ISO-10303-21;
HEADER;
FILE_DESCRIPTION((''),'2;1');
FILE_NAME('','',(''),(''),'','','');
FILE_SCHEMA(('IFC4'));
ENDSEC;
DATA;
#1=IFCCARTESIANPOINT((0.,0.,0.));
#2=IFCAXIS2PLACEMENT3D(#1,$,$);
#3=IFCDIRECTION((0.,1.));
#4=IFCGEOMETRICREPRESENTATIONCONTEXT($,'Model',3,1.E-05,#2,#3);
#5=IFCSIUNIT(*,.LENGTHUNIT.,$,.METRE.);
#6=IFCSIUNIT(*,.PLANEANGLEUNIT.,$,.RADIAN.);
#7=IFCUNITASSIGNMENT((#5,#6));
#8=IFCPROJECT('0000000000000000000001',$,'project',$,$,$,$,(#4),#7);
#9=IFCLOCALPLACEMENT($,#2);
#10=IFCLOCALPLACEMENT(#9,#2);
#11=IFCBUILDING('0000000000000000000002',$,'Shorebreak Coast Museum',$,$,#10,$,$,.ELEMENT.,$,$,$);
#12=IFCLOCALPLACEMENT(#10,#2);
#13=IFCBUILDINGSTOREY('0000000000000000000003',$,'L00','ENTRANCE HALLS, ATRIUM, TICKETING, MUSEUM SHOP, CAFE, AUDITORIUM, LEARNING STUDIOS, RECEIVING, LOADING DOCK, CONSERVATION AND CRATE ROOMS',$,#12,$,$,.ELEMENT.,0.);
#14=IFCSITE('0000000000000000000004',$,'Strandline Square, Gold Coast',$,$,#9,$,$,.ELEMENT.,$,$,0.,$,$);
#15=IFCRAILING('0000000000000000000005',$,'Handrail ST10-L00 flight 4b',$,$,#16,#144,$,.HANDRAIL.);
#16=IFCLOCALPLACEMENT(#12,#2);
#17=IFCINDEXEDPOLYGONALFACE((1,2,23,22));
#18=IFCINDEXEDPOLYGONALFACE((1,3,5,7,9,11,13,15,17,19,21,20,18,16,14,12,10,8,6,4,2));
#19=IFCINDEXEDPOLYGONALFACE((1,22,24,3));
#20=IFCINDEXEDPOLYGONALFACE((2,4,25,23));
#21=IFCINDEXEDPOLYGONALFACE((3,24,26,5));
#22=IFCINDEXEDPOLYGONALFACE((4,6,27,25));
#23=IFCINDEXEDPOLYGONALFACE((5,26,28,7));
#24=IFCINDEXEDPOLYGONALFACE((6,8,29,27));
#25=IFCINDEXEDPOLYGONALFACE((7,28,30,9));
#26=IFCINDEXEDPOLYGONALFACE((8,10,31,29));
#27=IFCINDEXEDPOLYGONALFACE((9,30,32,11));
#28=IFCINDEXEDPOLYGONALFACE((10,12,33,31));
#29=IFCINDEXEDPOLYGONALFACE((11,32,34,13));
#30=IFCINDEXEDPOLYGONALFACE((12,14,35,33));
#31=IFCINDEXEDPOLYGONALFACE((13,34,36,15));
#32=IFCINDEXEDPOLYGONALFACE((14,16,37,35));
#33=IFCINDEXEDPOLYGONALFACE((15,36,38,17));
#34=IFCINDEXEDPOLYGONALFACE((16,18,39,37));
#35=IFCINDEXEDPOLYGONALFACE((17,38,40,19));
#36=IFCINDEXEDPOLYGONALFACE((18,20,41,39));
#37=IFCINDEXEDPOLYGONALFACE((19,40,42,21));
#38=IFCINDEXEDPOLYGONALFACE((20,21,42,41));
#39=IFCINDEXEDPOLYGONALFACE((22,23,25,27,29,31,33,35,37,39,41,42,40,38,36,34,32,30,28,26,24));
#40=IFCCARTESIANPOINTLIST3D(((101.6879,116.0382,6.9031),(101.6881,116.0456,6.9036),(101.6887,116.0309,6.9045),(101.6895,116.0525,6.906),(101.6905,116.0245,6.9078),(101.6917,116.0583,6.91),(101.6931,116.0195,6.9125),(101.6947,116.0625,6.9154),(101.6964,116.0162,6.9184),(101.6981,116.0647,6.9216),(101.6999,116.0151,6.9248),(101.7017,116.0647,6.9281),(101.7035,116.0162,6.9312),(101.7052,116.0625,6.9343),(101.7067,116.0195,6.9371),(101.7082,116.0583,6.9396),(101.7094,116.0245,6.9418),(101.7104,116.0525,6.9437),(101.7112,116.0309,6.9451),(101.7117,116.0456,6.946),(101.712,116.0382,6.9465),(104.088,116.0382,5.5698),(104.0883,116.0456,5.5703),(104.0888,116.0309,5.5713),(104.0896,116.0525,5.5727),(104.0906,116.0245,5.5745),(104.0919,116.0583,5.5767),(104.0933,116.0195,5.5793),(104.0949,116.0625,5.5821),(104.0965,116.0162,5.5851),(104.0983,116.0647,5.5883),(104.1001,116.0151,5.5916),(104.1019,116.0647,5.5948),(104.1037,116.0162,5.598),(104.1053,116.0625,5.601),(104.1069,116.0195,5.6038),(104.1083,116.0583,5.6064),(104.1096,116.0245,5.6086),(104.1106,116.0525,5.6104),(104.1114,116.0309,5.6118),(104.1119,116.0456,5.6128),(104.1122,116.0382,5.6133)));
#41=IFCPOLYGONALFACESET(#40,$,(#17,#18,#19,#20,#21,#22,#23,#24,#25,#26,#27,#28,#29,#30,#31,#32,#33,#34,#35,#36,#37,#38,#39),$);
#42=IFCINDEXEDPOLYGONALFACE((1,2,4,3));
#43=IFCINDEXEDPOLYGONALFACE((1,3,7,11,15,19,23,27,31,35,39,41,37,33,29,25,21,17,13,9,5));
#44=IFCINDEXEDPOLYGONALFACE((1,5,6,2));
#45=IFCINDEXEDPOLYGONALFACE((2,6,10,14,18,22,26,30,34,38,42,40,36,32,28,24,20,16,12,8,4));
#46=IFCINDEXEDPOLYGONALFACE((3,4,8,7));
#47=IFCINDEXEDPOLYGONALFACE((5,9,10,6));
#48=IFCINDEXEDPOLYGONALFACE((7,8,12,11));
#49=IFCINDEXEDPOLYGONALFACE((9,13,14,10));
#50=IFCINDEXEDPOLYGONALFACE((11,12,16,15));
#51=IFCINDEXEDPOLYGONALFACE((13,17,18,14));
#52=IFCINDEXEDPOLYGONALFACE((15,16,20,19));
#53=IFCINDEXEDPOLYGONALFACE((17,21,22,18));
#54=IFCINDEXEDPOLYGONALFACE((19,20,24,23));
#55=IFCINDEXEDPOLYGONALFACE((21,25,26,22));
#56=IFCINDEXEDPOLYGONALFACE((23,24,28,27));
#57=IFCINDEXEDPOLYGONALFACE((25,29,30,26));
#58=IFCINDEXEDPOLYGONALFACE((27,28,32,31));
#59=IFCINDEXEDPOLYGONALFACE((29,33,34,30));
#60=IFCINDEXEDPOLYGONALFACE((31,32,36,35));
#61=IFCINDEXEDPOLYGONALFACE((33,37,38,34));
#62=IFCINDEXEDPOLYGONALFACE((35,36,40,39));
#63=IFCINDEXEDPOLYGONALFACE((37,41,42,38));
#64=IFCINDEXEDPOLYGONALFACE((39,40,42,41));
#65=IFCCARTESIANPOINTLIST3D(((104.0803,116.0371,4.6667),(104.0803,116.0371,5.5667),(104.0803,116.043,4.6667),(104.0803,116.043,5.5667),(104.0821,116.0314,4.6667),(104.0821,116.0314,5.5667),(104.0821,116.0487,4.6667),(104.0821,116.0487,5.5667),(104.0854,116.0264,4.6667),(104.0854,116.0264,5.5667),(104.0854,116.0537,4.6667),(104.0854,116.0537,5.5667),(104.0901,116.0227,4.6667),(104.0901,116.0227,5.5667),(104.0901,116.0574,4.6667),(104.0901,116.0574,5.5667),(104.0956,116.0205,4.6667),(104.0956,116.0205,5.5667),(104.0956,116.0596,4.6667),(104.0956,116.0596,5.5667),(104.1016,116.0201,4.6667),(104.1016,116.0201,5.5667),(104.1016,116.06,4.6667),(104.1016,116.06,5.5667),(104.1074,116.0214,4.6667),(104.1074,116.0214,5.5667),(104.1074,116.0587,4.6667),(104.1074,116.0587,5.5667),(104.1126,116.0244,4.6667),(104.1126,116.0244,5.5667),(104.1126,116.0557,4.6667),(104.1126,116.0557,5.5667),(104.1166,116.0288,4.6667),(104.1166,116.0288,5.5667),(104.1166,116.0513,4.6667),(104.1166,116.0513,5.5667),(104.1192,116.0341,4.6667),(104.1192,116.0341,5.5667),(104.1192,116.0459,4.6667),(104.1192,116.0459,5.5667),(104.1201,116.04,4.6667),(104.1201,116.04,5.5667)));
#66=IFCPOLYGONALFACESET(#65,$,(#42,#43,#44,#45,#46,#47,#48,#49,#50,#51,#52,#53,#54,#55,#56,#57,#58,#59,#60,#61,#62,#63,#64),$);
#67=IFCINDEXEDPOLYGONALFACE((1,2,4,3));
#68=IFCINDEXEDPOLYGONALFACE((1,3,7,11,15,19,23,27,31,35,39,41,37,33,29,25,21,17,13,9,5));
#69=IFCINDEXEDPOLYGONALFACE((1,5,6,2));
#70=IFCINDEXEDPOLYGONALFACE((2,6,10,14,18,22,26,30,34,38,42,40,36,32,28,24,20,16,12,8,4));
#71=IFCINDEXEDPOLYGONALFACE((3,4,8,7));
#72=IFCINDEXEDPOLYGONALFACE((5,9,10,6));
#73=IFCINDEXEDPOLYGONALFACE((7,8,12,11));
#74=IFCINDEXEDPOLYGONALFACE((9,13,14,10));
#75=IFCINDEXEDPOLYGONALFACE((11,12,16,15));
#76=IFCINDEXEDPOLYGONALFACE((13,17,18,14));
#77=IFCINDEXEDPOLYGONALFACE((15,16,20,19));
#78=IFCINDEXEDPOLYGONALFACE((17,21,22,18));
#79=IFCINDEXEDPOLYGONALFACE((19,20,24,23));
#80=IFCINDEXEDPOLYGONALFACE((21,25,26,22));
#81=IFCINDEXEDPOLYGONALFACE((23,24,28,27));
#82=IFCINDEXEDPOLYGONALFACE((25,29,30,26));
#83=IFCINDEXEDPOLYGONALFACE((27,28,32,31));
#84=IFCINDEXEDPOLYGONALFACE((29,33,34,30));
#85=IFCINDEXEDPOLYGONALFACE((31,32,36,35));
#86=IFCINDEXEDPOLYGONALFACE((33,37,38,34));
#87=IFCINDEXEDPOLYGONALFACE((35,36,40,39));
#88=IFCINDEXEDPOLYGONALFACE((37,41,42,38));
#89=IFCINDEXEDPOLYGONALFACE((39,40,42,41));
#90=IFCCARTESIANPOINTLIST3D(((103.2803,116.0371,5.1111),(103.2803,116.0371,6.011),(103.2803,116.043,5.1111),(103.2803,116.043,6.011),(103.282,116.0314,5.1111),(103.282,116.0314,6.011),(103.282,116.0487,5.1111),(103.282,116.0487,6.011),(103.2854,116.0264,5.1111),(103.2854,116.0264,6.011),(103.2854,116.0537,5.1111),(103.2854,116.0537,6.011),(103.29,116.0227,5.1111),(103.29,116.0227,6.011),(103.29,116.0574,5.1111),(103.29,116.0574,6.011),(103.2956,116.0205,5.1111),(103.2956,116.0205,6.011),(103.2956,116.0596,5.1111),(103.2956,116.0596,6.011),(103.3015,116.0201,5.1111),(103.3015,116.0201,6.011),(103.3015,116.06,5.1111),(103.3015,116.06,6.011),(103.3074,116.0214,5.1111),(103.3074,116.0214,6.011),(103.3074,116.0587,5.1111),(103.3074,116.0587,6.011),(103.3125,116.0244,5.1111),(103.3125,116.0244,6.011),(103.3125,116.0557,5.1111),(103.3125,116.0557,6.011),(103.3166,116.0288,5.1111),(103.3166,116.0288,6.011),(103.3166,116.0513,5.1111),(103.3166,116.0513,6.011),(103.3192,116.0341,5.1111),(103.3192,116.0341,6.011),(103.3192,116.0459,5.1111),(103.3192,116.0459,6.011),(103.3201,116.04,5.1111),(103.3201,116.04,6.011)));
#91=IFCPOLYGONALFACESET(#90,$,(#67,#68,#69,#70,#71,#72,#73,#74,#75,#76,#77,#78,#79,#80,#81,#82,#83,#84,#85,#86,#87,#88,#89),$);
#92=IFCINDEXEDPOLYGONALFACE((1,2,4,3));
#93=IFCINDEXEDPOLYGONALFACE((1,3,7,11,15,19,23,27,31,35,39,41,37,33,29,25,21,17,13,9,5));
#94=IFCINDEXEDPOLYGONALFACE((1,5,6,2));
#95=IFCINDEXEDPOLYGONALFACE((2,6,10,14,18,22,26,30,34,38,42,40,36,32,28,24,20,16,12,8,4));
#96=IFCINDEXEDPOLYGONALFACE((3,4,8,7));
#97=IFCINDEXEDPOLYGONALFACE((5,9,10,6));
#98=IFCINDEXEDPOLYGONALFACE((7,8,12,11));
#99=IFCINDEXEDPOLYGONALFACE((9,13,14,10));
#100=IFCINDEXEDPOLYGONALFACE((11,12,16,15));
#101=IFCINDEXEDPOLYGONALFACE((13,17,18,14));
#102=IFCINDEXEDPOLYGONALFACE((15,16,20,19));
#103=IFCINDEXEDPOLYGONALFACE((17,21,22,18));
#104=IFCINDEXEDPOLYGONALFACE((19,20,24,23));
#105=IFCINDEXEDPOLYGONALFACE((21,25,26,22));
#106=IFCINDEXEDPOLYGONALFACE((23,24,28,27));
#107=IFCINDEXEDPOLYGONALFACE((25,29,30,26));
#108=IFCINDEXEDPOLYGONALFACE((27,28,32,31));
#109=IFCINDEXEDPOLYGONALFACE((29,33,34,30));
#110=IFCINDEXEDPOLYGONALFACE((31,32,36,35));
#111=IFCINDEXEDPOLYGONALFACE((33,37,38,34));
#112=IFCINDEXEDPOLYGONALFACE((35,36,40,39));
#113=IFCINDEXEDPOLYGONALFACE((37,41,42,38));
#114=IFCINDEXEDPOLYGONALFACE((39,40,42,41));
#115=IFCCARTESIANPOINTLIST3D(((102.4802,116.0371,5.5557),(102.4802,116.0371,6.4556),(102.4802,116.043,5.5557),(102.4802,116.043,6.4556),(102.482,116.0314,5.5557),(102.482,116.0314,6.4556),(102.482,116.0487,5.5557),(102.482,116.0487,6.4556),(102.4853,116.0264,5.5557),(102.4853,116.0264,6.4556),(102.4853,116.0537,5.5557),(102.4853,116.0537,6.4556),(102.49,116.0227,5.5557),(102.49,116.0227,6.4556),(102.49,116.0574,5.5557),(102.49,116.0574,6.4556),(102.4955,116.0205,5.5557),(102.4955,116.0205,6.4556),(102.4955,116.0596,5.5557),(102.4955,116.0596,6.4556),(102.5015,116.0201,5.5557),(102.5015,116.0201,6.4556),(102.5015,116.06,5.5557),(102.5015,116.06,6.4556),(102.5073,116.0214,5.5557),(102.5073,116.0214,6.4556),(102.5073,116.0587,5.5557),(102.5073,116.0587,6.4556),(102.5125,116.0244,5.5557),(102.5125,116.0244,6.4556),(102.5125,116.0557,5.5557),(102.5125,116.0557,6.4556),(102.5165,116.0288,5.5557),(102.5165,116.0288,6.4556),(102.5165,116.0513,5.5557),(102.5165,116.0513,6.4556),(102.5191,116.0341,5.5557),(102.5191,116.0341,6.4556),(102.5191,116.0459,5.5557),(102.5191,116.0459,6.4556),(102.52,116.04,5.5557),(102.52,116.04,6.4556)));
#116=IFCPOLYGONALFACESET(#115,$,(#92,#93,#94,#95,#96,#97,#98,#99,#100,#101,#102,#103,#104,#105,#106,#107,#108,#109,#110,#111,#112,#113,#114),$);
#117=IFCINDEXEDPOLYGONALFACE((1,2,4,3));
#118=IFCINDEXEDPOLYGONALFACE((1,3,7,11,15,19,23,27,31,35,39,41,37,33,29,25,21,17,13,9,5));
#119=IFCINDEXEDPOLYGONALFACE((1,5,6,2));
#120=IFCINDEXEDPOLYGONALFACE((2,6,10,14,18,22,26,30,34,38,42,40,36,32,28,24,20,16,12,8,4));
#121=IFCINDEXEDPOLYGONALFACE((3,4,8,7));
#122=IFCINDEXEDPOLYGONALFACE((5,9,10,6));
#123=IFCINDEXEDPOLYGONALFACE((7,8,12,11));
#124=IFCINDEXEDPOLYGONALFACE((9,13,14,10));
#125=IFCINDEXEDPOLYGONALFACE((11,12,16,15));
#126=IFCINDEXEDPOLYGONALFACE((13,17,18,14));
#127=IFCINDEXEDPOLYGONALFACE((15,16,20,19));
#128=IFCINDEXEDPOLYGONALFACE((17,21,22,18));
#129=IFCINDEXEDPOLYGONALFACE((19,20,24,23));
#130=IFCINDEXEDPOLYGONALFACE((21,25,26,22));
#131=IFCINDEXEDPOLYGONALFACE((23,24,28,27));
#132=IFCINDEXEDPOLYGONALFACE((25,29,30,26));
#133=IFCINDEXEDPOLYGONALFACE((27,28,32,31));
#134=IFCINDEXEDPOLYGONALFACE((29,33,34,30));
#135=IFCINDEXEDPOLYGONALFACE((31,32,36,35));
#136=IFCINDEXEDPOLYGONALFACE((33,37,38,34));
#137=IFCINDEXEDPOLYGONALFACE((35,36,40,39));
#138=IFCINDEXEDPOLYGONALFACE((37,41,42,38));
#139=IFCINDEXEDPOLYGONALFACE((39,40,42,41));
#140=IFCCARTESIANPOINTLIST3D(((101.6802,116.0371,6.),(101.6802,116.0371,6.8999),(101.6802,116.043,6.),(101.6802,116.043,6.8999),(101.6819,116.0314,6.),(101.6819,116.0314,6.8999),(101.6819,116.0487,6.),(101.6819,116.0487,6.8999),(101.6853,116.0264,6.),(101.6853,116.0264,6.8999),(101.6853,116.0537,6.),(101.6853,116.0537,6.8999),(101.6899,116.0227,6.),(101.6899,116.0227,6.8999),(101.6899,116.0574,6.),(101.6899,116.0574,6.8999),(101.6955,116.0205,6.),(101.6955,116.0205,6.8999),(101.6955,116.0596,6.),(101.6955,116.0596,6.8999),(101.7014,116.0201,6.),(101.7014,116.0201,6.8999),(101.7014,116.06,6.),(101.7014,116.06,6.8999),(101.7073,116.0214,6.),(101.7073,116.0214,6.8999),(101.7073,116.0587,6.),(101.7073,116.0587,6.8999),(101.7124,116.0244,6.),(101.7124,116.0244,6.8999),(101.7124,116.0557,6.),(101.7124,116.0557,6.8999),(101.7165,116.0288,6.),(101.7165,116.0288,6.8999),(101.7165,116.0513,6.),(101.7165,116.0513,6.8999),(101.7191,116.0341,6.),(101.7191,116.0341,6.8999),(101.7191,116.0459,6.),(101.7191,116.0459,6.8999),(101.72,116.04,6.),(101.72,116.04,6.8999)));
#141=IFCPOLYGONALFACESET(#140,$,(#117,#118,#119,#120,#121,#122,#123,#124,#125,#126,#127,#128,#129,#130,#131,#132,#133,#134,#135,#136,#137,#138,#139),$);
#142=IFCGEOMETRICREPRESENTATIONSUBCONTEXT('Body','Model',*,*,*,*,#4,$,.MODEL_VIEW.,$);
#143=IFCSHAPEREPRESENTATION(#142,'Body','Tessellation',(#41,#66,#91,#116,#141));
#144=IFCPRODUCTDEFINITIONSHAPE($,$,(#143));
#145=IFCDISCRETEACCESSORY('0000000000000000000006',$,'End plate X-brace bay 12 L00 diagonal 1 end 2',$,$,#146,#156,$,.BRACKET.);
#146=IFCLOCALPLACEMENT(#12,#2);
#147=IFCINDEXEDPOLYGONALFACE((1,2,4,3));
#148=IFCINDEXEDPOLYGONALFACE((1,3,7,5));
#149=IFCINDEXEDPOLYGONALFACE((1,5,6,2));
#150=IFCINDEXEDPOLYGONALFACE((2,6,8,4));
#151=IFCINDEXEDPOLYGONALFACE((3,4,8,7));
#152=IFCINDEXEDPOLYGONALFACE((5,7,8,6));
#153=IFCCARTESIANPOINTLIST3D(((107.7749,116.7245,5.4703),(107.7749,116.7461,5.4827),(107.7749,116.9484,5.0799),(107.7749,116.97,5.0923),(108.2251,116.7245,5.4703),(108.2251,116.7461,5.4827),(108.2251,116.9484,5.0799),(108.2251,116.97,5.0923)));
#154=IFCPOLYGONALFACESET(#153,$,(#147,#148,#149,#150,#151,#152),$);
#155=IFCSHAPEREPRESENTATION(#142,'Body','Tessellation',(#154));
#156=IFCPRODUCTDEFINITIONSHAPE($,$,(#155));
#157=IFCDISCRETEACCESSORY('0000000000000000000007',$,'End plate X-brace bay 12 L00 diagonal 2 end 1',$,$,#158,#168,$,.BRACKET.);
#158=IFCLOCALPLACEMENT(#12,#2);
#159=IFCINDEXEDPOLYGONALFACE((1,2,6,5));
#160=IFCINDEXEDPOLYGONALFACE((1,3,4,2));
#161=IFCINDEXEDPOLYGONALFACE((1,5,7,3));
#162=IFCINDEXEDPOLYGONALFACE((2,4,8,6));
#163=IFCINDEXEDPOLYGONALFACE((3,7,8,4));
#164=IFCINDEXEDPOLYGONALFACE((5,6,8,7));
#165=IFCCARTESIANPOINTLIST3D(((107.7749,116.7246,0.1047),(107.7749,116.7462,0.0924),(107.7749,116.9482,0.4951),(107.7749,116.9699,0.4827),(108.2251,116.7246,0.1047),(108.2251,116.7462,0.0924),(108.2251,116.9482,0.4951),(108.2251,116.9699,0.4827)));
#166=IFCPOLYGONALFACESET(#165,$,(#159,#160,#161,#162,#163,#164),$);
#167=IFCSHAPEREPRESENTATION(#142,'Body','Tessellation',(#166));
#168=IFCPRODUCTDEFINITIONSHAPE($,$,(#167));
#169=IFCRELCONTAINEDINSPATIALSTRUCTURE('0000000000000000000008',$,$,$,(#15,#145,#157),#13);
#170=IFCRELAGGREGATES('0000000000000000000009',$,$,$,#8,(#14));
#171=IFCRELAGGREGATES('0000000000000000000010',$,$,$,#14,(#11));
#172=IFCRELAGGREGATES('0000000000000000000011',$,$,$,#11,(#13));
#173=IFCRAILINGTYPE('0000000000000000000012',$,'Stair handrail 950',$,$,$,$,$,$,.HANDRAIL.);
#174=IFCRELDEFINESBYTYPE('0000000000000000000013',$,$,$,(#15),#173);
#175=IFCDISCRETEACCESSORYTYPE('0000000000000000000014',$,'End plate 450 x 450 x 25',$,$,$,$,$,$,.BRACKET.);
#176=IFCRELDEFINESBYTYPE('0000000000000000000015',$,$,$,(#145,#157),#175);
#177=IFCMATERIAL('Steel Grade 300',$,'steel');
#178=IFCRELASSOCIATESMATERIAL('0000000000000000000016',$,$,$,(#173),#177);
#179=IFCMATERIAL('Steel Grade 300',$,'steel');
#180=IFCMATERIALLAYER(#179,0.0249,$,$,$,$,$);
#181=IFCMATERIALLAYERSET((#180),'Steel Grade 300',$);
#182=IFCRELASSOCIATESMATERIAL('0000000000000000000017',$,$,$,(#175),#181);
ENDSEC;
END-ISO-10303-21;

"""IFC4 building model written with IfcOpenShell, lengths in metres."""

from ifc_helpers import new_model, si_unit, direction, frame, origin, origin_2d, place, context, subcontext, project, spatial, polyline, circle, outline, extrude, material, layer, layer_set, type_object, element, save


model = new_model("IFC4")

# Units and contexts
model_context = context("Model", 3, precision=1e-05, world=origin(), true_north=direction((0.0, 1.0)))
body_context = subcontext(model_context, "Body", "Model", "MODEL_VIEW")
ifc_project = project(units=[si_unit("LENGTHUNIT", "METRE"), si_unit("PLANEANGLEUNIT", "RADIAN")], contexts=[model_context])

# Site, building, storey
site_placement = place(None, origin())
site = spatial("IfcSite", under=ifc_project, at=site_placement, Name="Strandline Square, Gold Coast", CompositionType="ELEMENT", RefElevation=0.0)
building_placement = place(site_placement, origin())
building = spatial("IfcBuilding", under=site, at=building_placement, Name="Shorebreak Coast Museum", CompositionType="ELEMENT")
storey_placement = place(building_placement, origin())
storey = spatial("IfcBuildingStorey", under=building, at=storey_placement, Name="L00", Description="ENTRANCE HALLS, ATRIUM, TICKETING, MUSEUM SHOP, CAFE, AUDITORIUM, LEARNING STUDIOS, RECEIVING, LOADING DOCK, CONSERVATION AND CRATE ROOMS", CompositionType="ELEMENT", Elevation=0.0)

# Railing
ifc_material_1 = material(Name="Steel Grade 300", Category="steel")
railing_type_1 = type_object("IfcRailingType", Name="Stair handrail 950", PredefinedType="HANDRAIL", material=ifc_material_1)
for number, where, name in (
    (1, (104.1001, 116.04, 4.6667), "Handrail ST10-L00 flight 4b"),
):
    element("IfcRailing", number, at=place(storey_placement, frame(where)), inside=storey, type_object=railing_type_1, Name=name, PredefinedType="HANDRAIL", context=body_context, shape_type="SweptSolid", body=[
        extrude(circle(Radius=0.0249, at=origin_2d()), frame((0.0, 0.0, 0.9248), z_axis=(-0.874182, 0.0, 0.485598), x_axis=(0.0, -1.0, 0.0)), (0.0, 0.0, 1.0), 2.7456),
        extrude(circle(Radius=0.02, at=origin_2d()), origin(), (0.0, 0.0, 1.0), 0.8999),
        extrude(circle(Radius=0.02, at=origin_2d()), frame((-0.8, 0.0, 0.4443)), (0.0, 0.0, 1.0), 0.8999),
        extrude(circle(Radius=0.02, at=origin_2d()), frame((-1.6001, 0.0, 0.8889)), (0.0, 0.0, 1.0), 0.8999),
        extrude(circle(Radius=0.02, at=origin_2d()), frame((-2.4001, 0.0, 1.3333)), (0.0, 0.0, 1.0), 0.8999),
    ])

# Discrete accessories
ifc_material_2 = material(Name="Steel Grade 300", Category="steel")
ifc_layer_1 = layer(ifc_material_2, 0.0249)
ifc_layer_set_1 = layer_set([ifc_layer_1], Name="Steel Grade 300")
discrete_accessory_type = type_object("IfcDiscreteAccessoryType", Name="End plate 450 x 450 x 25", PredefinedType="BRACKET", material=ifc_layer_set_1)
discrete_accessory_1_placement = place(storey_placement, frame((108.2251, 116.97, 5.0923), z_axis=(0.0, 0.867474, 0.497482), x_axis=(-1.0, 0.0, 0.0)))
element("IfcDiscreteAccessory", 2, at=discrete_accessory_1_placement, inside=storey, type_object=discrete_accessory_type, Name="End plate X-brace bay 12 L00 diagonal 1 end 2", PredefinedType="BRACKET", context=body_context, shape_type="SweptSolid", body=[
    extrude(outline(polyline([(0.0, 0.0), (0.4502, 0.0), (0.4502, 0.45), (0.0, 0.45), (0.0, 0.0)])), origin(), (0.0, 0.0, -1.0), 0.0249),
])
discrete_accessory_2_placement = place(storey_placement, frame((107.7749, 116.7246, 0.1047), z_axis=(0.0, -0.867708, 0.497074), x_axis=(1.0, 0.0, 0.0)))
element("IfcDiscreteAccessory", 3, at=discrete_accessory_2_placement, inside=storey, type_object=discrete_accessory_type, Name="End plate X-brace bay 12 L00 diagonal 2 end 1", PredefinedType="BRACKET", context=body_context, shape_type="SweptSolid", body=[
    extrude(outline(polyline([(0.0, 0.0), (0.4502, 0.0), (0.4502, 0.4499), (0.0, 0.4499), (0.0, 0.0)])), origin(), (0.0, 0.0, -1.0), 0.0249),
])

save(model, "model.ifc")
